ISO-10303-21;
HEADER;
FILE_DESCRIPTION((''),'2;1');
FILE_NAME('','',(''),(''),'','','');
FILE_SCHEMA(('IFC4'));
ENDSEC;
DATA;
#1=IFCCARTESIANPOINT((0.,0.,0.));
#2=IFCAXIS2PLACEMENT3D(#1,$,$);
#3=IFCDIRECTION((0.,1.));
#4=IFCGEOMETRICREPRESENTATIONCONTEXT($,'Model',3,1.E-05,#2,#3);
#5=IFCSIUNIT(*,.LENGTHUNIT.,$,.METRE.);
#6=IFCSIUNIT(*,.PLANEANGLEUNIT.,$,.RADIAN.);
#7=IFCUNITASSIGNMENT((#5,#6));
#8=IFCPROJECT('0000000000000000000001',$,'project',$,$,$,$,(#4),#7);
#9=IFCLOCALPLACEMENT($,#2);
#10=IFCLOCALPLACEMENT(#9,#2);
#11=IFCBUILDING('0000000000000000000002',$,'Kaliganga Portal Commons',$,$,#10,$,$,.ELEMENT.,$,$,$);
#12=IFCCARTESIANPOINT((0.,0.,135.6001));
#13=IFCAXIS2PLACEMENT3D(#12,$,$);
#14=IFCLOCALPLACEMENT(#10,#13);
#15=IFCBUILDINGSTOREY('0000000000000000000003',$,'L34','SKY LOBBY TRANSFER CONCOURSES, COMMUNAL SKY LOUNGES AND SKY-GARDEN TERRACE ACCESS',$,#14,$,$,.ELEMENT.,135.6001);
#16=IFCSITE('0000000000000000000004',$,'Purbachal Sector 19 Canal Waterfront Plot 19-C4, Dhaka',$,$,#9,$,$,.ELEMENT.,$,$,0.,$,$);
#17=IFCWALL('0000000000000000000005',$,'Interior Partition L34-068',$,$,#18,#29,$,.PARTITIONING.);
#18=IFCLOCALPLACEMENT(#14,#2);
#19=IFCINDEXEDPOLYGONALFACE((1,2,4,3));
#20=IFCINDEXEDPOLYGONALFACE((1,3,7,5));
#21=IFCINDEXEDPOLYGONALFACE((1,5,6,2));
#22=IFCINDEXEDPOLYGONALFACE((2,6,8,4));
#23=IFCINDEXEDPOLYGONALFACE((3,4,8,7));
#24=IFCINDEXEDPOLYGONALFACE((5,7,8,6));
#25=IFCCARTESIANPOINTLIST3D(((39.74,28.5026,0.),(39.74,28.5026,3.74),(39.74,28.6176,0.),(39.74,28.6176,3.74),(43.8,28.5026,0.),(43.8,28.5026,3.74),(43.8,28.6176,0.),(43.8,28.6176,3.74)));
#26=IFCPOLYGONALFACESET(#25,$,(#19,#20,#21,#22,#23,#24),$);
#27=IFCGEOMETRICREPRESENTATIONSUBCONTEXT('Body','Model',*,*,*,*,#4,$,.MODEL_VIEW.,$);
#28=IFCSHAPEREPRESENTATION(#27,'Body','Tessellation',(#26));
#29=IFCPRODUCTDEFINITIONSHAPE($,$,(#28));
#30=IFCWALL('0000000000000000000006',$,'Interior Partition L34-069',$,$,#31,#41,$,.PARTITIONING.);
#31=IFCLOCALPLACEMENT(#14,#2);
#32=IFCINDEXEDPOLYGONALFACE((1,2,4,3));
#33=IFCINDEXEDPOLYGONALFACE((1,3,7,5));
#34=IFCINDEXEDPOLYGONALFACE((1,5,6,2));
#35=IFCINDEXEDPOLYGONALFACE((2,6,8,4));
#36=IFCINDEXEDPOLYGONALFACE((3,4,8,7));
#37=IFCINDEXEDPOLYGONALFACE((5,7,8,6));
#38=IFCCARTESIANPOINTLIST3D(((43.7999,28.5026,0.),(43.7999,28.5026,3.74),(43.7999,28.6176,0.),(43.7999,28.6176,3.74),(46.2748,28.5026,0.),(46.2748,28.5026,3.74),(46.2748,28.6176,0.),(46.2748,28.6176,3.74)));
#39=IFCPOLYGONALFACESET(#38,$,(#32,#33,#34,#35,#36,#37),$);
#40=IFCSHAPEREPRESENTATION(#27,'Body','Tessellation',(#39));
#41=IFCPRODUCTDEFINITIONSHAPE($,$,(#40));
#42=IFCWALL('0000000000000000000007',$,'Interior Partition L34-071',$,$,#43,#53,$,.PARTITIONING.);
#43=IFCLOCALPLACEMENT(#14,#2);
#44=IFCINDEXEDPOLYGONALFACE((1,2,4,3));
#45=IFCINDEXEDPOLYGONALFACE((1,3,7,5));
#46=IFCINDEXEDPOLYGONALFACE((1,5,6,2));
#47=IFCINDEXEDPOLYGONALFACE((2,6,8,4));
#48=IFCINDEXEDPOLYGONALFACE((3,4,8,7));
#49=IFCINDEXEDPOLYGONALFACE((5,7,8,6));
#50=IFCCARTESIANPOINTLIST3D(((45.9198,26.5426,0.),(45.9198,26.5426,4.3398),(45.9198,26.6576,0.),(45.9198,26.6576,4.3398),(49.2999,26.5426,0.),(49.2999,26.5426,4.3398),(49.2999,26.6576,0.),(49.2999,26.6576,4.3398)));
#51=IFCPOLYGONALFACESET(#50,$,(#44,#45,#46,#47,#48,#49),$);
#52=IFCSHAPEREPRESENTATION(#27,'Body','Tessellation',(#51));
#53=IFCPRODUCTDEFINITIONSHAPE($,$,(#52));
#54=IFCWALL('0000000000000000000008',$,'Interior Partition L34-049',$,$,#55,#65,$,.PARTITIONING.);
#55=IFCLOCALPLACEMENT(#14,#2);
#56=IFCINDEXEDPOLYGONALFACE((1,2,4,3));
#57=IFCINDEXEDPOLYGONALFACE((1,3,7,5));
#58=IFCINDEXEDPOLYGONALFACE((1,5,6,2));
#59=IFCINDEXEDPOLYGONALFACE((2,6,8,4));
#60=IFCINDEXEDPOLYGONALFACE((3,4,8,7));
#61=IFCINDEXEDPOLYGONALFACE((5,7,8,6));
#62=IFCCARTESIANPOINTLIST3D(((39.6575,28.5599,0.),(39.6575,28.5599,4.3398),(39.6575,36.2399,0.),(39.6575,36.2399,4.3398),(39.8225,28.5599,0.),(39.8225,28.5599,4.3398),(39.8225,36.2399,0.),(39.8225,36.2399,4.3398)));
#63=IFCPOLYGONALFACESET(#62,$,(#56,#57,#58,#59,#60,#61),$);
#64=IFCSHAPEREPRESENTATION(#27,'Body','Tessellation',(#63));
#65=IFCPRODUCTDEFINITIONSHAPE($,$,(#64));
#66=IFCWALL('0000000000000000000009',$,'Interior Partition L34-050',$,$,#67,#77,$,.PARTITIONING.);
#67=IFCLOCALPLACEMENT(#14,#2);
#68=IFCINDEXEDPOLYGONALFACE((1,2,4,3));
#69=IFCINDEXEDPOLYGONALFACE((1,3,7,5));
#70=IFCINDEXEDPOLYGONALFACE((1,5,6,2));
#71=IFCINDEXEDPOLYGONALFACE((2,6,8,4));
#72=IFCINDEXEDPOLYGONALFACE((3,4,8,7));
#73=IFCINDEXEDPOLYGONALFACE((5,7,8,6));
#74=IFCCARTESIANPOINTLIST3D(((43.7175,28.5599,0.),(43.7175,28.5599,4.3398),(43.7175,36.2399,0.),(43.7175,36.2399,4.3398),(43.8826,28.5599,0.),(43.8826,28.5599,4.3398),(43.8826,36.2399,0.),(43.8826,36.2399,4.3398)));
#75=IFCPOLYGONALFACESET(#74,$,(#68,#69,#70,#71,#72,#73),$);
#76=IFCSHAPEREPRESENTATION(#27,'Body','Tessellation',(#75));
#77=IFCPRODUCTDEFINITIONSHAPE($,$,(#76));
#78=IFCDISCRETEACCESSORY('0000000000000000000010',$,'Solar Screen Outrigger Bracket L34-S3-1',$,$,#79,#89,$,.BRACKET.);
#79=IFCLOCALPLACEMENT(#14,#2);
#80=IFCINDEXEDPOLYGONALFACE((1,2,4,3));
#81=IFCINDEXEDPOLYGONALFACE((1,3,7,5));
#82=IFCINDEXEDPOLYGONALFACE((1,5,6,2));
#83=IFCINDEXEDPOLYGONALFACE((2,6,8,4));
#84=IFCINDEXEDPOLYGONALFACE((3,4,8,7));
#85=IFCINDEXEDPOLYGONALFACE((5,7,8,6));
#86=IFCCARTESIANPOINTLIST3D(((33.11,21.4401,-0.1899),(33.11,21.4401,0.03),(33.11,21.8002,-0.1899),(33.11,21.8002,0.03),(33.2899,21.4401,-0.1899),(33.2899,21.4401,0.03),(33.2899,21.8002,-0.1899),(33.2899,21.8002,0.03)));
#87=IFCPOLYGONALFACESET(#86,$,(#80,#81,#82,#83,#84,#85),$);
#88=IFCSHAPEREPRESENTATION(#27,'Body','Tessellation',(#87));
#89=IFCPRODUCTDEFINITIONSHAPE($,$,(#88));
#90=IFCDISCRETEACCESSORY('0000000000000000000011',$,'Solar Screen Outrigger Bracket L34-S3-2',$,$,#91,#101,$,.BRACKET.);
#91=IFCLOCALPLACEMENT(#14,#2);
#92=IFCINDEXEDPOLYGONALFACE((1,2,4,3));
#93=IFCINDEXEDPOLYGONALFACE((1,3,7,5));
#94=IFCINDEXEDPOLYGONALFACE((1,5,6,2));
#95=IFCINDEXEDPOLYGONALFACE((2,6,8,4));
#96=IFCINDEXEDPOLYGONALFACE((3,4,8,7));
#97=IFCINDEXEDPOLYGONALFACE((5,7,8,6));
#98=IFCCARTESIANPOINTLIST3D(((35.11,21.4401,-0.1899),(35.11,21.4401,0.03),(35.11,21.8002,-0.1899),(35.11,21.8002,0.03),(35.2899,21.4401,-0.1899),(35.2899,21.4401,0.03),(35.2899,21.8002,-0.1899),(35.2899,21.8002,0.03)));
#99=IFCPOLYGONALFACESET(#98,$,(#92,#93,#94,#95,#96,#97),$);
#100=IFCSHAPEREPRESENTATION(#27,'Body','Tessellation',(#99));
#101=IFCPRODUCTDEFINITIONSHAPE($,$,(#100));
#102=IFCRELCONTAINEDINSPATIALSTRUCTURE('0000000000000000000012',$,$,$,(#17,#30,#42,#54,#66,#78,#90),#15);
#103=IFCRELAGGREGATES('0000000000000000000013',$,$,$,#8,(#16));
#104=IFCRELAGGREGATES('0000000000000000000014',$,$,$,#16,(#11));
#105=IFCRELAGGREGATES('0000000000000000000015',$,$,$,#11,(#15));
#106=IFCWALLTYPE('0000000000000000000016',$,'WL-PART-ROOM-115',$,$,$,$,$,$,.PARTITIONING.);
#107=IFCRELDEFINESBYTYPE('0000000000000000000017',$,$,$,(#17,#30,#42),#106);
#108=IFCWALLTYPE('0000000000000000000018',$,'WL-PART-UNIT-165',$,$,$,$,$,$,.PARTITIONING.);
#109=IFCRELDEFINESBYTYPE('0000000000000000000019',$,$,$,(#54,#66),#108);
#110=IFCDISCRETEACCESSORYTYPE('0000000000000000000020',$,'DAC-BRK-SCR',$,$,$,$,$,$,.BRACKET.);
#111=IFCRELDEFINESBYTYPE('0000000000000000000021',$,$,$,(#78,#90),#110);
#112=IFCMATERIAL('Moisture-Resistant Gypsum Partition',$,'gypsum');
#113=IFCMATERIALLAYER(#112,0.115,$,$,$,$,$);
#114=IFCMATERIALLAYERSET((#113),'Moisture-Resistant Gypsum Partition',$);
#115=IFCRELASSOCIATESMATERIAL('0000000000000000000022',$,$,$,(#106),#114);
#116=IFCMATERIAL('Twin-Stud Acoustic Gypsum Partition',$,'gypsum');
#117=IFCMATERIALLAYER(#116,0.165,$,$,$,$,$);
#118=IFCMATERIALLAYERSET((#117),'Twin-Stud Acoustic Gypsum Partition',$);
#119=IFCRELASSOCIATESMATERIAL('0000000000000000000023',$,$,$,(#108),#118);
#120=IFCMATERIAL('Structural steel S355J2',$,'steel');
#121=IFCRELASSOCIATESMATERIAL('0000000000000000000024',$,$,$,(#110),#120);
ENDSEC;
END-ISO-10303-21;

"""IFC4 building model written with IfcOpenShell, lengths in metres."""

from ifc_helpers import new_model, si_unit, direction, frame, frame_2d, origin, origin_2d, place, context, subcontext, project, spatial, rectangle, extrude, source, transform, mapped, material, layer, layer_set, type_object, element, save


model = new_model("IFC4")

# Units and contexts
model_context = context("Model", 3, precision=1e-05, world=origin(), true_north=direction((0.0, 1.0)))
body_context = subcontext(model_context, "Body", "Model", "MODEL_VIEW")
ifc_project = project(units=[si_unit("LENGTHUNIT", "METRE"), si_unit("PLANEANGLEUNIT", "RADIAN")], contexts=[model_context])

# Site, building, storey
site_placement = place(None, origin())
site = spatial("IfcSite", under=ifc_project, at=site_placement, Name="Purbachal Sector 19 Canal Waterfront Plot 19-C4, Dhaka", CompositionType="ELEMENT", RefElevation=0.0)
building_placement = place(site_placement, origin())
building = spatial("IfcBuilding", under=site, at=building_placement, Name="Kaliganga Portal Commons", CompositionType="ELEMENT")
storey_placement = place(building_placement, frame((0.0, 0.0, 135.6001)))
storey = spatial("IfcBuildingStorey", under=building, at=storey_placement, Name="L34", Description="SKY LOBBY TRANSFER CONCOURSES, COMMUNAL SKY LOUNGES AND SKY-GARDEN TERRACE ACCESS", CompositionType="ELEMENT", Elevation=135.6001)

# Shared definitions
ifc_material_1 = material(Name="Structural steel S355J2", Category="steel")

# Walls
ifc_material_2 = material(Name="Moisture-Resistant Gypsum Partition", Category="gypsum")
ifc_layer_1 = layer(ifc_material_2, 0.115)
ifc_layer_set_1 = layer_set([ifc_layer_1], Name="Moisture-Resistant Gypsum Partition")
wall_type_1 = type_object("IfcWallType", Name="WL-PART-ROOM-115", PredefinedType="PARTITIONING", material=ifc_layer_set_1)
wall_1_placement = place(storey_placement, frame((39.74, 28.5601, 0.0), z_axis=(0.0, 0.0, 1.0), x_axis=(1.0, 0.0, 0.0)))
element("IfcWall", 1, at=wall_1_placement, inside=storey, type_object=wall_type_1, Name="Interior Partition L34-068", PredefinedType="PARTITIONING", context=body_context, shape_type="SweptSolid", body=[
    extrude(rectangle(XDim=4.0601, YDim=0.115, at=frame_2d((2.03, 0.0))), origin(), (0.0, 0.0, 1.0), 3.74),
])
wall_2_placement = place(storey_placement, frame((43.8, 28.5601, 0.0), z_axis=(0.0, 0.0, 1.0), x_axis=(1.0, 0.0, 0.0)))
element("IfcWall", 2, at=wall_2_placement, inside=storey, type_object=wall_type_1, Name="Interior Partition L34-069", PredefinedType="PARTITIONING", context=body_context, shape_type="SweptSolid", body=[
    extrude(rectangle(XDim=2.4749, YDim=0.115, at=frame_2d((1.2373, 0.0))), origin(), (0.0, 0.0, 1.0), 3.74),
])
wall_3_placement = place(storey_placement, frame((45.9199, 26.6001, 0.0), z_axis=(0.0, 0.0, 1.0), x_axis=(1.0, 0.0, 0.0)))
element("IfcWall", 3, at=wall_3_placement, inside=storey, type_object=wall_type_1, Name="Interior Partition L34-071", PredefinedType="PARTITIONING", context=body_context, shape_type="SweptSolid", body=[
    extrude(rectangle(XDim=3.3801, YDim=0.115, at=frame_2d((1.6899, 0.0))), origin(), (0.0, 0.0, 1.0), 4.3398),
])
ifc_material_3 = material(Name="Twin-Stud Acoustic Gypsum Partition", Category="gypsum")
ifc_layer_2 = layer(ifc_material_3, 0.165)
ifc_layer_set_2 = layer_set([ifc_layer_2], Name="Twin-Stud Acoustic Gypsum Partition")
wall_type_2 = type_object("IfcWallType", Name="WL-PART-UNIT-165", PredefinedType="PARTITIONING", material=ifc_layer_set_2)
for number, where, z_axis, x_axis, name in (
    (4, (39.74, 28.5601, 0.0), (0.0, 0.0, 1.0), (0.0, 1.0, 0.0), "Interior Partition L34-049"),
    (5, (43.8, 28.5601, 0.0), (0.0, 0.0, 1.0), (0.0, 1.0, 0.0), "Interior Partition L34-050"),
):
    element("IfcWall", number, at=place(storey_placement, frame(where, z_axis=z_axis, x_axis=x_axis)), inside=storey, type_object=wall_type_2, Name=name, PredefinedType="PARTITIONING", context=body_context, shape_type="SweptSolid", body=[
        extrude(rectangle(XDim=7.6799, YDim=0.165, at=frame_2d((3.8398, 0.0))), origin(), (0.0, 0.0, 1.0), 4.3398),
    ])

# Discrete accessories
discrete_accessory_type = type_object("IfcDiscreteAccessoryType", Name="DAC-BRK-SCR", PredefinedType="BRACKET", material=ifc_material_1)
shared_shape_1 = source(origin(), body_context, "Body", "SweptSolid", [
    extrude(rectangle(XDim=0.1799, YDim=0.3601, at=origin_2d()), origin(), (0.0, 0.0, 1.0), 0.22),
])
for number, where, z_axis, x_axis, name in (
    (6, (33.2, 21.6201, -0.1899), (0.0, 0.0, 1.0), (1.0, 0.0, 0.0), "Solar Screen Outrigger Bracket L34-S3-1"),
    (7, (35.2, 21.6201, -0.1899), (0.0, 0.0, 1.0), (1.0, 0.0, 0.0), "Solar Screen Outrigger Bracket L34-S3-2"),
):
    element("IfcDiscreteAccessory", number, at=place(storey_placement, frame(where, z_axis=z_axis, x_axis=x_axis)), inside=storey, type_object=discrete_accessory_type, Name=name, PredefinedType="BRACKET", context=body_context, shape_type="MappedRepresentation", body=[
        mapped(shared_shape_1, transform((0.0, 0.0, 0.0), x_axis=(1.0, 0.0, 0.0), y_axis=(0.0, 1.0, 0.0), z_axis=(0.0, 0.0, 1.0), scale=1.0)),
    ])

save(model, "model.ifc")
